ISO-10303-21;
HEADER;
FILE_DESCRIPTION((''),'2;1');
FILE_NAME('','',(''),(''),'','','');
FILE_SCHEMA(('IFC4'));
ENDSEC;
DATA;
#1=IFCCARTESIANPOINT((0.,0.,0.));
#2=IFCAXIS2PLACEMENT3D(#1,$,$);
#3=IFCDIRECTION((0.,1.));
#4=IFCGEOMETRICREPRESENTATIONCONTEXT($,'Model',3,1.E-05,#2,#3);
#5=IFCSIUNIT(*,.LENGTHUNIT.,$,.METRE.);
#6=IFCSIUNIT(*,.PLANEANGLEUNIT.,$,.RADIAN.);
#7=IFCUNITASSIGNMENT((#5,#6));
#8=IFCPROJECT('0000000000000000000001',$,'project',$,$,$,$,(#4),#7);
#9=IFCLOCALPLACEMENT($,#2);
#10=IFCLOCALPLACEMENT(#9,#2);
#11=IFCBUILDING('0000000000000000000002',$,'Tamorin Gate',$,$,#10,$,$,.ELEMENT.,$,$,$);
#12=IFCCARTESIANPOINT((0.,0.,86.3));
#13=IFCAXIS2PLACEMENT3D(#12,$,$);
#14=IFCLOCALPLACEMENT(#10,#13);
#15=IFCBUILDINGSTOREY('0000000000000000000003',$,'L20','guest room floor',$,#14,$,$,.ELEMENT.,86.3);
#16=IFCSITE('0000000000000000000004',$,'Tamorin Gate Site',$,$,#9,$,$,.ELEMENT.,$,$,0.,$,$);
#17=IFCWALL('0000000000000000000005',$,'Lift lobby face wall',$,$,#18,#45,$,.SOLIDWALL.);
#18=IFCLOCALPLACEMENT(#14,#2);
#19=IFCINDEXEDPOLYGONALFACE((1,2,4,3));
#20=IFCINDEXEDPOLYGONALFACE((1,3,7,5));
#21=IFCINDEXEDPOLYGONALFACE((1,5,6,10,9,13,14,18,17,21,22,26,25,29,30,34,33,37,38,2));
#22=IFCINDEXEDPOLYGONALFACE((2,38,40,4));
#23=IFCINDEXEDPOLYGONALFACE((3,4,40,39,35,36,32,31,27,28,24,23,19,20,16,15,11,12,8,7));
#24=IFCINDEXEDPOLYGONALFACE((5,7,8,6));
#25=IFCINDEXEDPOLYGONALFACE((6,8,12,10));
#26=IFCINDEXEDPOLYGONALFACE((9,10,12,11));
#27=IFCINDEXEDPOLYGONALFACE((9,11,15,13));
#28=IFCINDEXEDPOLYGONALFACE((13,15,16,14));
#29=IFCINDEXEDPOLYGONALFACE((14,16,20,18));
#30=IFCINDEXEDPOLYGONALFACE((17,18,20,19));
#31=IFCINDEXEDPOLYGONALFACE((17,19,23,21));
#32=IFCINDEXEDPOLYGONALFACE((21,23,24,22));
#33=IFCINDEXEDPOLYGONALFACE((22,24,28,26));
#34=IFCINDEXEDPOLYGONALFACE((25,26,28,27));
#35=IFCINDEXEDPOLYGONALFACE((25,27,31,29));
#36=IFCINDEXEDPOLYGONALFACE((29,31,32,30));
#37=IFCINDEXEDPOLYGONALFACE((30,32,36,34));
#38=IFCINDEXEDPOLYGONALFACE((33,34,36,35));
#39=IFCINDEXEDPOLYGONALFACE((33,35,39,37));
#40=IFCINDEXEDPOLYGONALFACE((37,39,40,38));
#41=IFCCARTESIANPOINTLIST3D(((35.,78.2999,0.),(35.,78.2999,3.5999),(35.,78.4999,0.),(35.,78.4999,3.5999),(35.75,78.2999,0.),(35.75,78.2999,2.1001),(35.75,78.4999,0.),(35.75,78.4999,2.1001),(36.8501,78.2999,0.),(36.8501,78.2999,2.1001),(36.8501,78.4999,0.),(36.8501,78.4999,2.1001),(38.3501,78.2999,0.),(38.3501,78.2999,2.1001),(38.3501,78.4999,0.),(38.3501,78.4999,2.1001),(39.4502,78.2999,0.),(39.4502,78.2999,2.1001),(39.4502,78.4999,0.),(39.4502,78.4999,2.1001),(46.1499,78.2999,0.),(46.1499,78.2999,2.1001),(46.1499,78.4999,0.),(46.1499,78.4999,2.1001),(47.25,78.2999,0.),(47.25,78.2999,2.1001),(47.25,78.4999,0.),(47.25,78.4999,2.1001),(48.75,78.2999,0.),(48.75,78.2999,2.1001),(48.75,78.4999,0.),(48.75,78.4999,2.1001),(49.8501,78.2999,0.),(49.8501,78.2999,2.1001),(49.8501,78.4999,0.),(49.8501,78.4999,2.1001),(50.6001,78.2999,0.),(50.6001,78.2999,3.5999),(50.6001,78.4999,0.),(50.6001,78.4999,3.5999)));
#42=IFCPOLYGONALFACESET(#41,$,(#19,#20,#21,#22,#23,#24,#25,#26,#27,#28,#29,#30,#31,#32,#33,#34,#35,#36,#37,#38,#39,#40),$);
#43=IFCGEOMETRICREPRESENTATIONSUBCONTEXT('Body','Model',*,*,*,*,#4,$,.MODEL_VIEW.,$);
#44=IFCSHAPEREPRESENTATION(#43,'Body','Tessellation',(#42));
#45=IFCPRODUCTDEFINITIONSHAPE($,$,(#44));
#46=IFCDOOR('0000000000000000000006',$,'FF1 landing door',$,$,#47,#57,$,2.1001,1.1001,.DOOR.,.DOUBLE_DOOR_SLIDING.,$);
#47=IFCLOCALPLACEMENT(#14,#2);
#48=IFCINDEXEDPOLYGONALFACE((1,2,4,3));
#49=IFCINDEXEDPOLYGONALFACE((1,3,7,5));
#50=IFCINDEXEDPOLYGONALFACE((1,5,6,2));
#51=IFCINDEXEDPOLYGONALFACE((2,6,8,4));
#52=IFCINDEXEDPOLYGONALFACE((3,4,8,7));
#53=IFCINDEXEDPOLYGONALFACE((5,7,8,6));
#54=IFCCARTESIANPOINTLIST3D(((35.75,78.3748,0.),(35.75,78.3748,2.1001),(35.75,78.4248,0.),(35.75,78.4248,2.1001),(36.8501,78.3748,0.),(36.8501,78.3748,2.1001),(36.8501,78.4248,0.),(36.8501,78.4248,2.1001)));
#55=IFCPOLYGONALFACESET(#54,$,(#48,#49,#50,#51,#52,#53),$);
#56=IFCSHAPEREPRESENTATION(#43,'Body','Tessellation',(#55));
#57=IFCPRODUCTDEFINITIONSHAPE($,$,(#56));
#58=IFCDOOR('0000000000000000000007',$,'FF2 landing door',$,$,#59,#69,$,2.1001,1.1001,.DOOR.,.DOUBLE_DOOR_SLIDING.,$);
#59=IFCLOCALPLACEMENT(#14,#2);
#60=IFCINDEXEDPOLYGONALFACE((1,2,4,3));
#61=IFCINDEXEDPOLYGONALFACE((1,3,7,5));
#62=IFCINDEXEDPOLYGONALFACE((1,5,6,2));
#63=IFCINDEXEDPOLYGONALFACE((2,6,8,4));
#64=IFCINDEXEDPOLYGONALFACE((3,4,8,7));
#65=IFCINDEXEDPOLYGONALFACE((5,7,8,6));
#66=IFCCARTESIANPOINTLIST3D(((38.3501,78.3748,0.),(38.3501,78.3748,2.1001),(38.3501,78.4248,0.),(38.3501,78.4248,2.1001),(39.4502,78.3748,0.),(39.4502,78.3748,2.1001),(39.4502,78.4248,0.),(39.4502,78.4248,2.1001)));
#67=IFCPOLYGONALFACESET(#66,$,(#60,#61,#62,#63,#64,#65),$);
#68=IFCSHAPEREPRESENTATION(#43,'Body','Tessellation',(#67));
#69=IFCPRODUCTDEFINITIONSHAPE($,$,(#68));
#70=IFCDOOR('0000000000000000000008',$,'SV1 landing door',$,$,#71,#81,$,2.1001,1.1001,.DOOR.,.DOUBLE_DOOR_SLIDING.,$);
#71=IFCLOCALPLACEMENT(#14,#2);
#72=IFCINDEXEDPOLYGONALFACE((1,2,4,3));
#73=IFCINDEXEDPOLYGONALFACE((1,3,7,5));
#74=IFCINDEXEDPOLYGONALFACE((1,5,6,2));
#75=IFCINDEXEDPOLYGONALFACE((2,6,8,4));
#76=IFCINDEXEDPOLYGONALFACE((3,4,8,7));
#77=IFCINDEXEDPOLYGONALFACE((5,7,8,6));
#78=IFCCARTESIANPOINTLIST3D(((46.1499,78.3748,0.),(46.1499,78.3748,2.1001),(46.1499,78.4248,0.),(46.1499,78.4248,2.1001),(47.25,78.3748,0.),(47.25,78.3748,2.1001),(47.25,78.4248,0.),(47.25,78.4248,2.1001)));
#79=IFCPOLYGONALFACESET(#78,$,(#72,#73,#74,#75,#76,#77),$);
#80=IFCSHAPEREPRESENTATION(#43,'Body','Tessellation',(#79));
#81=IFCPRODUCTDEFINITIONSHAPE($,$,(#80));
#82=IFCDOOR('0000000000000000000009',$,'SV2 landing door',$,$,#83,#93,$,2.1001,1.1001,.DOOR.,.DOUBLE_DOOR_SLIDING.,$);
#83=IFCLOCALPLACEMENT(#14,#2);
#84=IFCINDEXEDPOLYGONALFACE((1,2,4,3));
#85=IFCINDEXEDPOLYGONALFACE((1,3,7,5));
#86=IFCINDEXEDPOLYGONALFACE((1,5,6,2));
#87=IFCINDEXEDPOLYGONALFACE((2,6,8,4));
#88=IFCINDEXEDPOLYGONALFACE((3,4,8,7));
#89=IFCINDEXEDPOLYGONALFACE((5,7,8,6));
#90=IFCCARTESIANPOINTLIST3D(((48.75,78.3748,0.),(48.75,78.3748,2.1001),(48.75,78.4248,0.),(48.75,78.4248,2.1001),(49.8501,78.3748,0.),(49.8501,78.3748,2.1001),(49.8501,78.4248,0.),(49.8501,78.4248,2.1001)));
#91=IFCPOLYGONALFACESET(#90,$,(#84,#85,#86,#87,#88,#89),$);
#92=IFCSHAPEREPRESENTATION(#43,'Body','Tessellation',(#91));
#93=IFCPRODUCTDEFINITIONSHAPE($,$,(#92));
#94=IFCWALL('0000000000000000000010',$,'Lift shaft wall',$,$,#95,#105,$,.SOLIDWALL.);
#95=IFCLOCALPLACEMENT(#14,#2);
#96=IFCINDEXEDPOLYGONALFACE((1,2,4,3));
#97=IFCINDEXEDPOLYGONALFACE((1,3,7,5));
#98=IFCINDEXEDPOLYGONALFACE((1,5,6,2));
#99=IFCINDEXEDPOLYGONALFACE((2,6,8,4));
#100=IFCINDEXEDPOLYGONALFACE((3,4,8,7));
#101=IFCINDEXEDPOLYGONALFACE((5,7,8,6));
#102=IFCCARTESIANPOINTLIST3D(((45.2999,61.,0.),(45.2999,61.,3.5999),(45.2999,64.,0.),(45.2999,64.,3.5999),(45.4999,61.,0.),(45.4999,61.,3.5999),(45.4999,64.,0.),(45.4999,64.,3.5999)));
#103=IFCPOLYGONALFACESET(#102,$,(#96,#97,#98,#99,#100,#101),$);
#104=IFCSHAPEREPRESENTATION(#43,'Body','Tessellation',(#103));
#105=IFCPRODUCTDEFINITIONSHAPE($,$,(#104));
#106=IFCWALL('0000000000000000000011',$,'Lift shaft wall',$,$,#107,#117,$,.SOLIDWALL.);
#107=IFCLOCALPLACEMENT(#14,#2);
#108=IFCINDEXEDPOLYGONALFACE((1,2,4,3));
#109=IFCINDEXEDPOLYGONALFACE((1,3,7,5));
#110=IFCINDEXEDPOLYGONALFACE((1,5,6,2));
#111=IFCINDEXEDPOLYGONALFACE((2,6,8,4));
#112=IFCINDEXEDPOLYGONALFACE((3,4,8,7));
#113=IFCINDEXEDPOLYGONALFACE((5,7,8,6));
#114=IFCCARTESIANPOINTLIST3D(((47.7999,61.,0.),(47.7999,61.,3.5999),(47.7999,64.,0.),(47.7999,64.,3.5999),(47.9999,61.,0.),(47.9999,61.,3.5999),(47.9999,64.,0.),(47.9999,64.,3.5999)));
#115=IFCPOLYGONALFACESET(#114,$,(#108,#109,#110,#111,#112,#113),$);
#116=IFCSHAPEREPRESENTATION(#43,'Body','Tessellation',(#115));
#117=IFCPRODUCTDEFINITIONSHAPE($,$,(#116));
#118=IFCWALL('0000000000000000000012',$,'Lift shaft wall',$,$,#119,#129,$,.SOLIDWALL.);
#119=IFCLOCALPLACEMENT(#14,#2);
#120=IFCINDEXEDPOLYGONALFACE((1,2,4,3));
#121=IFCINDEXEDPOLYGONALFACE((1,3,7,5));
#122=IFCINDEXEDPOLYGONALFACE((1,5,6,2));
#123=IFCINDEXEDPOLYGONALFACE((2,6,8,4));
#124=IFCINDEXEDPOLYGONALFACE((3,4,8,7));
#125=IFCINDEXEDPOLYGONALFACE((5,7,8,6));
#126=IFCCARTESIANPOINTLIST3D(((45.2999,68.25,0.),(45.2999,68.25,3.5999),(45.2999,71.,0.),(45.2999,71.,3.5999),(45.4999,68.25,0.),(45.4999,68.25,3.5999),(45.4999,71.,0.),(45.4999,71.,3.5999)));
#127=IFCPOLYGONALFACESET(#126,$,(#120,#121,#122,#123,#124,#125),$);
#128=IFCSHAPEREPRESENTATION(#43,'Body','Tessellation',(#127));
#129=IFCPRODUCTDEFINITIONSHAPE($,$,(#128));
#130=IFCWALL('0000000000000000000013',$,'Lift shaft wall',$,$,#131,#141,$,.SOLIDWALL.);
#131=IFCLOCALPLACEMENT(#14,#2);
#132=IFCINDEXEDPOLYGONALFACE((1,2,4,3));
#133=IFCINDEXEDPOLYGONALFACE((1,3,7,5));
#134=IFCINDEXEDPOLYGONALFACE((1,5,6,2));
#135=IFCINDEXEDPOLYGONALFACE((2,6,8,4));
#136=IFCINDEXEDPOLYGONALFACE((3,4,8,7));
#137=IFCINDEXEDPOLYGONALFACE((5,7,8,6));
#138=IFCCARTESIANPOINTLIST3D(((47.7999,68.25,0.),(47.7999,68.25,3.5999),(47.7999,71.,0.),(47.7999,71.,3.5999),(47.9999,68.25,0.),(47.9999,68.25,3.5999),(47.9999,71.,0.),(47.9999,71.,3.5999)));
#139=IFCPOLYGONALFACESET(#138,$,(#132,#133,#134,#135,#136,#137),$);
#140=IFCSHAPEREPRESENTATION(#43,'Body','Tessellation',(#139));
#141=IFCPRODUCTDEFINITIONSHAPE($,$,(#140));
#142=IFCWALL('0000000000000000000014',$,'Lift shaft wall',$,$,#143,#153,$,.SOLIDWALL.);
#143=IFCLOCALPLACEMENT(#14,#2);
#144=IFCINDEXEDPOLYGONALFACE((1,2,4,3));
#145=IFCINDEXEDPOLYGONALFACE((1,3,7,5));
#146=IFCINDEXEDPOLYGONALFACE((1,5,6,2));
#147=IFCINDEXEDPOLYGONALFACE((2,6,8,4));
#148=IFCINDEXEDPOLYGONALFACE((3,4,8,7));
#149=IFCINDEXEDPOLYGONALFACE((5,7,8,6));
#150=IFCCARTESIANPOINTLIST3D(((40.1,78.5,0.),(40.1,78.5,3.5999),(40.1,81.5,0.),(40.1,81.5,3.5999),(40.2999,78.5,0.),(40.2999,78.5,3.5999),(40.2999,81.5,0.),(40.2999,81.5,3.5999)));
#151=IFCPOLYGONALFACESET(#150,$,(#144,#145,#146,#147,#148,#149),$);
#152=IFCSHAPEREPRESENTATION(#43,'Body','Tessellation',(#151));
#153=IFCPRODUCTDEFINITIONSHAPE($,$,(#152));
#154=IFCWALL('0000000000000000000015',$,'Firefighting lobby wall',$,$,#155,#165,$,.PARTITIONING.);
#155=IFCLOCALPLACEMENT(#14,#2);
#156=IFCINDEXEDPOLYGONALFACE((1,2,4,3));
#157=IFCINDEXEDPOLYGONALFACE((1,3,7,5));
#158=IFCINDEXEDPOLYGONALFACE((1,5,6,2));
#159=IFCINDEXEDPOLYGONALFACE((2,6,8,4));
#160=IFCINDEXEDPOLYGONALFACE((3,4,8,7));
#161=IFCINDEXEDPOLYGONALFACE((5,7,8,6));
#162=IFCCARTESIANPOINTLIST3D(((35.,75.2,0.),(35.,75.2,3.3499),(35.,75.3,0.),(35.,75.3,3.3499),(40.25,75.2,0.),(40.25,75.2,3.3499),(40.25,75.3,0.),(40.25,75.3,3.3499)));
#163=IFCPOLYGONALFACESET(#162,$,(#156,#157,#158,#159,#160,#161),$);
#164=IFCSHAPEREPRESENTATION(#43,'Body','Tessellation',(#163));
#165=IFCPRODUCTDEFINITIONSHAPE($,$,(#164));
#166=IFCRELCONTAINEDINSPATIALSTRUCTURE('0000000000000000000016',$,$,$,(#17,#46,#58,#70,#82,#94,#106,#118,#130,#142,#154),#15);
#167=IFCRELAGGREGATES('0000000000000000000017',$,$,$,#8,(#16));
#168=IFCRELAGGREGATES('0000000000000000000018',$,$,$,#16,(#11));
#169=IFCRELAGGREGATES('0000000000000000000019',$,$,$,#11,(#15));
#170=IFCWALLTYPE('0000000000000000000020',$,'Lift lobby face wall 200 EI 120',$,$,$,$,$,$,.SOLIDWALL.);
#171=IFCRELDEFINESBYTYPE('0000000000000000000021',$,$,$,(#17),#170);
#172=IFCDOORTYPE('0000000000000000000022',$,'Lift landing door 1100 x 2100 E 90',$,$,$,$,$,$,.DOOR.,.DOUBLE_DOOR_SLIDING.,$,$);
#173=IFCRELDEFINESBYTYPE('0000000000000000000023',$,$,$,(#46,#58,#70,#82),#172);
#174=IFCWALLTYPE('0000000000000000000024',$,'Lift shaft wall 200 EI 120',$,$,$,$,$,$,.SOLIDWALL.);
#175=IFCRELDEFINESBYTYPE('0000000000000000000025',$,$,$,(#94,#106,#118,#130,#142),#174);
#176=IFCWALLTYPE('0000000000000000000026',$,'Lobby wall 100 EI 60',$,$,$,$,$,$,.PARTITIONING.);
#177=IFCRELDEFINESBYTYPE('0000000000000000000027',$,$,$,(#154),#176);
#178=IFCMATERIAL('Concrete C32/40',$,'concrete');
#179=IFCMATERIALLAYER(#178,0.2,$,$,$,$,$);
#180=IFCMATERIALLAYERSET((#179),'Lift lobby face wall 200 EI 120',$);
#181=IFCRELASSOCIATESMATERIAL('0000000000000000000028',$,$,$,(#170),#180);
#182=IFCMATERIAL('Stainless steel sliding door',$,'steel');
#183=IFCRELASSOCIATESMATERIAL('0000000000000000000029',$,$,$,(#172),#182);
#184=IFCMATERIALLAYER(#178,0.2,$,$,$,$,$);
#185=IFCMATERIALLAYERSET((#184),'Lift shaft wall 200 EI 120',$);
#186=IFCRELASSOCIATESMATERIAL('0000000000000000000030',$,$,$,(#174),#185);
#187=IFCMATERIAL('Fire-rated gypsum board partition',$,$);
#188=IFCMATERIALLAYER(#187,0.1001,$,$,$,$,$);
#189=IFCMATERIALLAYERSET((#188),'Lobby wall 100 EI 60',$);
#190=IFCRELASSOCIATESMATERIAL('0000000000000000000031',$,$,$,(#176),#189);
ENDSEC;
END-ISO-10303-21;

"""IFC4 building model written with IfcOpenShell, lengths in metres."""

from ifc_helpers import new_model, si_unit, direction, frame, frame_2d, origin, place, context, subcontext, project, spatial, rectangle, extrude, material, layer, layer_set, type_object, element, fill, save


model = new_model("IFC4")

# Units and contexts
model_context = context("Model", 3, precision=1e-05, world=origin(), true_north=direction((0.0, 1.0)))
body_context = subcontext(model_context, "Body", "Model", "MODEL_VIEW")
ifc_project = project(units=[si_unit("LENGTHUNIT", "METRE"), si_unit("PLANEANGLEUNIT", "RADIAN")], contexts=[model_context])

# Site, building, storey
site_placement = place(None, origin())
site = spatial("IfcSite", under=ifc_project, at=site_placement, Name="Tamorin Gate Site", CompositionType="ELEMENT", RefElevation=0.0)
building_placement = place(site_placement, origin())
building = spatial("IfcBuilding", under=site, at=building_placement, Name="Tamorin Gate", CompositionType="ELEMENT")
storey_placement = place(building_placement, frame((0.0, 0.0, 86.3)))
storey = spatial("IfcBuildingStorey", under=building, at=storey_placement, Name="L20", Description="guest room floor", CompositionType="ELEMENT", Elevation=86.3)

# Wall, openings, doors
ifc_material_1 = material(Name="Concrete C32/40", Category="concrete")
ifc_layer_1 = layer(ifc_material_1, 0.2)
ifc_layer_set_1 = layer_set([ifc_layer_1], Name="Lift lobby face wall 200 EI 120")
wall_type_1 = type_object("IfcWallType", Name="Lift lobby face wall 200 EI 120", PredefinedType="SOLIDWALL", material=ifc_layer_set_1)
wall_1_placement = place(storey_placement, frame((35.0, 78.3999, 0.0), z_axis=(0.0, 0.0, 1.0), x_axis=(1.0, 0.0, 0.0)))
wall_1 = element("IfcWall", 1, at=wall_1_placement, inside=storey, type_object=wall_type_1, Name="Lift lobby face wall", PredefinedType="SOLIDWALL", context=body_context, shape_type="SweptSolid", body=[
    extrude(rectangle(XDim=15.6001, YDim=0.2, at=frame_2d((7.8, 0.0))), origin(), (0.0, 0.0, 1.0), 3.5999),
])
opening_1_placement = place(wall_1_placement, frame((0.75, 0.0, 0.0)))
opening_1 = element("IfcOpeningElement", 2, at=opening_1_placement, cuts=wall_1, PredefinedType="OPENING", context=body_context, shape_type="SweptSolid", body=[
    extrude(rectangle(XDim=1.1001, YDim=2.1001, at=frame_2d((0.55, 1.05))), frame((0.0, 0.1099, 0.0), z_axis=(0.0, -1.0, 0.0), x_axis=(1.0, 0.0, 0.0)), (0.0, 0.0, 1.0), 0.22),
])
opening_2_placement = place(wall_1_placement, frame((3.3501, 0.0, 0.0)))
opening_2 = element("IfcOpeningElement", 3, at=opening_2_placement, cuts=wall_1, PredefinedType="OPENING", context=body_context, shape_type="SweptSolid", body=[
    extrude(rectangle(XDim=1.1001, YDim=2.1001, at=frame_2d((0.55, 1.05))), frame((0.0, 0.1099, 0.0), z_axis=(0.0, -1.0, 0.0), x_axis=(1.0, 0.0, 0.0)), (0.0, 0.0, 1.0), 0.22),
])
opening_3_placement = place(wall_1_placement, frame((11.1499, 0.0, 0.0)))
opening_3 = element("IfcOpeningElement", 4, at=opening_3_placement, cuts=wall_1, PredefinedType="OPENING", context=body_context, shape_type="SweptSolid", body=[
    extrude(rectangle(XDim=1.1001, YDim=2.1001, at=frame_2d((0.55, 1.05))), frame((0.0, 0.1099, 0.0), z_axis=(0.0, -1.0, 0.0), x_axis=(1.0, 0.0, 0.0)), (0.0, 0.0, 1.0), 0.22),
])
opening_4_placement = place(wall_1_placement, frame((13.75, 0.0, 0.0)))
opening_4 = element("IfcOpeningElement", 5, at=opening_4_placement, cuts=wall_1, PredefinedType="OPENING", context=body_context, shape_type="SweptSolid", body=[
    extrude(rectangle(XDim=1.1001, YDim=2.1001, at=frame_2d((0.55, 1.05))), frame((0.0, 0.1099, 0.0), z_axis=(0.0, -1.0, 0.0), x_axis=(1.0, 0.0, 0.0)), (0.0, 0.0, 1.0), 0.22),
])
ifc_material_2 = material(Name="Stainless steel sliding door", Category="steel")
door_type_1 = type_object("IfcDoorType", Name="Lift landing door 1100 x 2100 E 90", OperationType="DOUBLE_DOOR_SLIDING", PredefinedType="DOOR", material=ifc_material_2)
door_1_placement = place(opening_1_placement, origin())
door_1 = element("IfcDoor", 6, at=door_1_placement, inside=storey, type_object=door_type_1, Name="FF1 landing door", OperationType="DOUBLE_DOOR_SLIDING", OverallHeight=2.1001, OverallWidth=1.1001, PredefinedType="DOOR", context=body_context, shape_type="SweptSolid", body=[
    extrude(rectangle(XDim=1.1001, YDim=2.1001, at=frame_2d((0.55, 1.05))), frame((0.0, 0.0249, 0.0), z_axis=(0.0, -1.0, 0.0), x_axis=(1.0, 0.0, 0.0)), (0.0, 0.0, 1.0), 0.05),
])
fill(opening_1, door_1)
door_2_placement = place(opening_2_placement, origin())
door_2 = element("IfcDoor", 7, at=door_2_placement, inside=storey, type_object=door_type_1, Name="FF2 landing door", OperationType="DOUBLE_DOOR_SLIDING", OverallHeight=2.1001, OverallWidth=1.1001, PredefinedType="DOOR", context=body_context, shape_type="SweptSolid", body=[
    extrude(rectangle(XDim=1.1001, YDim=2.1001, at=frame_2d((0.55, 1.05))), frame((0.0, 0.0249, 0.0), z_axis=(0.0, -1.0, 0.0), x_axis=(1.0, 0.0, 0.0)), (0.0, 0.0, 1.0), 0.05),
])
fill(opening_2, door_2)
door_3_placement = place(opening_3_placement, origin())
door_3 = element("IfcDoor", 8, at=door_3_placement, inside=storey, type_object=door_type_1, Name="SV1 landing door", OperationType="DOUBLE_DOOR_SLIDING", OverallHeight=2.1001, OverallWidth=1.1001, PredefinedType="DOOR", context=body_context, shape_type="SweptSolid", body=[
    extrude(rectangle(XDim=1.1001, YDim=2.1001, at=frame_2d((0.55, 1.05))), frame((0.0, 0.0249, 0.0), z_axis=(0.0, -1.0, 0.0), x_axis=(1.0, 0.0, 0.0)), (0.0, 0.0, 1.0), 0.05),
])
fill(opening_3, door_3)
door_4_placement = place(opening_4_placement, origin())
door_4 = element("IfcDoor", 9, at=door_4_placement, inside=storey, type_object=door_type_1, Name="SV2 landing door", OperationType="DOUBLE_DOOR_SLIDING", OverallHeight=2.1001, OverallWidth=1.1001, PredefinedType="DOOR", context=body_context, shape_type="SweptSolid", body=[
    extrude(rectangle(XDim=1.1001, YDim=2.1001, at=frame_2d((0.55, 1.05))), frame((0.0, 0.0249, 0.0), z_axis=(0.0, -1.0, 0.0), x_axis=(1.0, 0.0, 0.0)), (0.0, 0.0, 1.0), 0.05),
])
fill(opening_4, door_4)

# Walls
ifc_layer_2 = layer(ifc_material_1, 0.2)
ifc_layer_set_2 = layer_set([ifc_layer_2], Name="Lift shaft wall 200 EI 120")
wall_type_2 = type_object("IfcWallType", Name="Lift shaft wall 200 EI 120", PredefinedType="SOLIDWALL", material=ifc_layer_set_2)
for number, where, z_axis, x_axis, name in (
    (10, (45.3999, 61.0, 0.0), (0.0, 0.0, 1.0), (0.0, 1.0, 0.0), "Lift shaft wall"),
    (11, (47.8999, 61.0, 0.0), (0.0, 0.0, 1.0), (0.0, 1.0, 0.0), "Lift shaft wall"),
):
    element("IfcWall", number, at=place(storey_placement, frame(where, z_axis=z_axis, x_axis=x_axis)), inside=storey, type_object=wall_type_2, Name=name, PredefinedType="SOLIDWALL", context=body_context, shape_type="SweptSolid", body=[
        extrude(rectangle(XDim=3.0, YDim=0.2, at=frame_2d((1.5, 0.0))), origin(), (0.0, 0.0, 1.0), 3.5999),
    ])
for number, where, z_axis, x_axis, name in (
    (12, (45.3999, 68.25, 0.0), (0.0, 0.0, 1.0), (0.0, 1.0, 0.0), "Lift shaft wall"),
    (13, (47.8999, 68.25, 0.0), (0.0, 0.0, 1.0), (0.0, 1.0, 0.0), "Lift shaft wall"),
):
    element("IfcWall", number, at=place(storey_placement, frame(where, z_axis=z_axis, x_axis=x_axis)), inside=storey, type_object=wall_type_2, Name=name, PredefinedType="SOLIDWALL", context=body_context, shape_type="SweptSolid", body=[
        extrude(rectangle(XDim=2.75, YDim=0.2, at=frame_2d((1.375, 0.0))), origin(), (0.0, 0.0, 1.0), 3.5999),
    ])
wall_2_placement = place(storey_placement, frame((40.2, 78.5, 0.0), z_axis=(0.0, 0.0, 1.0), x_axis=(0.0, 1.0, 0.0)))
element("IfcWall", 14, at=wall_2_placement, inside=storey, type_object=wall_type_2, Name="Lift shaft wall", PredefinedType="SOLIDWALL", context=body_context, shape_type="SweptSolid", body=[
    extrude(rectangle(XDim=3.0, YDim=0.2, at=frame_2d((1.5, 0.0))), origin(), (0.0, 0.0, 1.0), 3.5999),
])
ifc_material_3 = material(Name="Fire-rated gypsum board partition")
ifc_layer_3 = layer(ifc_material_3, 0.1001)
ifc_layer_set_3 = layer_set([ifc_layer_3], Name="Lobby wall 100 EI 60")
wall_type_3 = type_object("IfcWallType", Name="Lobby wall 100 EI 60", PredefinedType="PARTITIONING", material=ifc_layer_set_3)
wall_3_placement = place(storey_placement, frame((35.0, 75.25, 0.0), z_axis=(0.0, 0.0, 1.0), x_axis=(1.0, 0.0, 0.0)))
element("IfcWall", 15, at=wall_3_placement, inside=storey, type_object=wall_type_3, Name="Firefighting lobby wall", PredefinedType="PARTITIONING", context=body_context, shape_type="SweptSolid", body=[
    extrude(rectangle(XDim=5.25, YDim=0.1001, at=frame_2d((2.625, 0.0))), origin(), (0.0, 0.0, 1.0), 3.3499),
])

save(model, "model.ifc")
